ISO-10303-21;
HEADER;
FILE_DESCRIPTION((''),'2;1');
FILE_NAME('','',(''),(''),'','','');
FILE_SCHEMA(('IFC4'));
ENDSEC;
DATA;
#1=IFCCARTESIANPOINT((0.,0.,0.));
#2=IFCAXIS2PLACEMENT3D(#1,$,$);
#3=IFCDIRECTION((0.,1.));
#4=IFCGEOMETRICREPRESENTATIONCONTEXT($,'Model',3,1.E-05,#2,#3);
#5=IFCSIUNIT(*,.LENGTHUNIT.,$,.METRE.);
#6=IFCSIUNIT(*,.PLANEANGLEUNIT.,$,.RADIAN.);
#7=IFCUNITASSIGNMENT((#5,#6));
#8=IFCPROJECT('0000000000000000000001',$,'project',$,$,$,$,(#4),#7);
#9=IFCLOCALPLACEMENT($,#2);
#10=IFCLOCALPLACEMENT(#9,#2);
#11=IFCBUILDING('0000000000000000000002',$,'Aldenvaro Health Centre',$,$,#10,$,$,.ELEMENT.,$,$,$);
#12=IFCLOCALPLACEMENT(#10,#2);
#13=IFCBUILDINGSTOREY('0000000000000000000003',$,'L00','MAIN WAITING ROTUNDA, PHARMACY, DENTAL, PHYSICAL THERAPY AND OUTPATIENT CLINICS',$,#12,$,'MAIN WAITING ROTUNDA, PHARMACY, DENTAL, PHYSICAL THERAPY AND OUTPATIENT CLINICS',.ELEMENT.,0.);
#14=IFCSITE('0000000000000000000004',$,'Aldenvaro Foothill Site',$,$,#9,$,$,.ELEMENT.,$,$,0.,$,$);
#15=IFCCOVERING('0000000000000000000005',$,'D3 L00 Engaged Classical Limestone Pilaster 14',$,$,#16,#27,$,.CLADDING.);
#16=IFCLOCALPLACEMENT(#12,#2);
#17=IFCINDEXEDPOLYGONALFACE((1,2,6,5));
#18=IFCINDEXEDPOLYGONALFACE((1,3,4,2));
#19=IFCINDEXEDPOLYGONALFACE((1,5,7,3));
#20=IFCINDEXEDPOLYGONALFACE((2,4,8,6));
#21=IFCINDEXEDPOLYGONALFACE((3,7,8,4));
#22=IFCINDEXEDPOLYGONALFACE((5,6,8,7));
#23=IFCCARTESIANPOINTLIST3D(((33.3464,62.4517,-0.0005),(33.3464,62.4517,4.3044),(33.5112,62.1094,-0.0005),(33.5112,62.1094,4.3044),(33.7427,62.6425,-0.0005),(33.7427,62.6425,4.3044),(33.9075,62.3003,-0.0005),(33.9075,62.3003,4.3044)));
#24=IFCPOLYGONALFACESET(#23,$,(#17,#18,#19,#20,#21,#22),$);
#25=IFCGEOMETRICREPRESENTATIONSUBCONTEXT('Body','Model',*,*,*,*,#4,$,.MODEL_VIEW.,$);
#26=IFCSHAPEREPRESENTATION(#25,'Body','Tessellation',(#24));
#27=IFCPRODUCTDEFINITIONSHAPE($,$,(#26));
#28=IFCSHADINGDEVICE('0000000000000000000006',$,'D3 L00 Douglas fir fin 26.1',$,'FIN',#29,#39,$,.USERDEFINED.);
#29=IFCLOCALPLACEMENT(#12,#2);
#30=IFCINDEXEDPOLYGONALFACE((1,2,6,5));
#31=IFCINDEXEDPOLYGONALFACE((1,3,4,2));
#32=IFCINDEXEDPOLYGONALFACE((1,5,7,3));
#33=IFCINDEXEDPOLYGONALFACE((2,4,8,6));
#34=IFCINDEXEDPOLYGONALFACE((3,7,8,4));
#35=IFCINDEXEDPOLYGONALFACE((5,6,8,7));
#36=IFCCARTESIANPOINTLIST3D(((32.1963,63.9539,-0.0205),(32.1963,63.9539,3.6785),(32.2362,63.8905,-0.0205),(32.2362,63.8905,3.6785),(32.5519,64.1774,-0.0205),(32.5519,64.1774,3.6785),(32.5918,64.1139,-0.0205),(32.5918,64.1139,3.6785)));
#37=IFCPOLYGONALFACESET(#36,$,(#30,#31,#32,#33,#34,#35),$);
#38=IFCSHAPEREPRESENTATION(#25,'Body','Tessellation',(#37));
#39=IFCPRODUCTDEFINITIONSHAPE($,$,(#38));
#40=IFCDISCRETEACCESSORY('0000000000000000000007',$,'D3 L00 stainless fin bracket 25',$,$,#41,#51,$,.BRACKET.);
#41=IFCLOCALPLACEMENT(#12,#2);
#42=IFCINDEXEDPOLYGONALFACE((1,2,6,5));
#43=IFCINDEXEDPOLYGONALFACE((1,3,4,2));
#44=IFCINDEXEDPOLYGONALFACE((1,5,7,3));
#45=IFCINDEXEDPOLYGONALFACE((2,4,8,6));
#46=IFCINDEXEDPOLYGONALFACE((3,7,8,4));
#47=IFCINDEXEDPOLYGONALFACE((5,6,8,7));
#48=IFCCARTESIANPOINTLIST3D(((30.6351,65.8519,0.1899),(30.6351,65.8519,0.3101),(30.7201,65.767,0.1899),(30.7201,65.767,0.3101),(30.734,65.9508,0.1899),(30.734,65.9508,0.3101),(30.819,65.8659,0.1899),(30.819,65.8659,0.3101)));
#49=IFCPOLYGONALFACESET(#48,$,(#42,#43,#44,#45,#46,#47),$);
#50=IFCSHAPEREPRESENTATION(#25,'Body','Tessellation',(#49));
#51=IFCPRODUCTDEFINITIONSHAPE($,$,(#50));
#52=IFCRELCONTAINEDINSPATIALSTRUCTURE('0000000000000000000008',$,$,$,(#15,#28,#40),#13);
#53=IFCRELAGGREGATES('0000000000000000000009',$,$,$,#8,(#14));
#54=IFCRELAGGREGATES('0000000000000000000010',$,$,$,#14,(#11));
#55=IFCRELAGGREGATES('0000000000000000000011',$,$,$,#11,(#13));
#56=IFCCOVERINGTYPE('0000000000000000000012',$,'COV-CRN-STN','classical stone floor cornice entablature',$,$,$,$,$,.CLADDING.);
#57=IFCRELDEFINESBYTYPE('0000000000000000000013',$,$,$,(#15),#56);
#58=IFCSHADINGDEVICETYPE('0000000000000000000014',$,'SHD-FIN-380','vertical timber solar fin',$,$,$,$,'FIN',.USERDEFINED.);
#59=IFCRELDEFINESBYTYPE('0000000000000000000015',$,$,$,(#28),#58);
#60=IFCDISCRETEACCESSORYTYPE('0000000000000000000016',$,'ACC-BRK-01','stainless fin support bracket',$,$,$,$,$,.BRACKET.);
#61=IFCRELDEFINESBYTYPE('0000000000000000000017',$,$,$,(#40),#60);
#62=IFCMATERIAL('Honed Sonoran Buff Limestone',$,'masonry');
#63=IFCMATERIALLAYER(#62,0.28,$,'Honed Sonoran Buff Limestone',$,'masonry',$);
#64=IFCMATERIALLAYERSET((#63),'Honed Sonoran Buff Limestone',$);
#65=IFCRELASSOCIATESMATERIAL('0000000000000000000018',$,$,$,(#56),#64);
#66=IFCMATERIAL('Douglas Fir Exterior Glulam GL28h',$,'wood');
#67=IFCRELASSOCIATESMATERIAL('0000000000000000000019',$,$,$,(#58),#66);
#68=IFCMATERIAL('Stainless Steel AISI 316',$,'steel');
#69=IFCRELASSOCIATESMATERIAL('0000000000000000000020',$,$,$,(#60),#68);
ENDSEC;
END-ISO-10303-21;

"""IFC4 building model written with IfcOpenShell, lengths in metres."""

from ifc_helpers import new_model, si_unit, direction, frame, origin, origin_2d, place, context, subcontext, project, spatial, rectangle, extrude, material, layer, layer_set, type_object, element, save


model = new_model("IFC4")

# Units and contexts
model_context = context("Model", 3, precision=1e-05, world=origin(), true_north=direction((0.0, 1.0)))
body_context = subcontext(model_context, "Body", "Model", "MODEL_VIEW")
ifc_project = project(units=[si_unit("LENGTHUNIT", "METRE"), si_unit("PLANEANGLEUNIT", "RADIAN")], contexts=[model_context])

# Site, building, storey
site_placement = place(None, origin())
site = spatial("IfcSite", under=ifc_project, at=site_placement, Name="Aldenvaro Foothill Site", CompositionType="ELEMENT", RefElevation=0.0)
building_placement = place(site_placement, origin())
building = spatial("IfcBuilding", under=site, at=building_placement, Name="Aldenvaro Health Centre", CompositionType="ELEMENT")
storey_placement = place(building_placement, origin())
storey = spatial("IfcBuildingStorey", under=building, at=storey_placement, Name="L00", Description="MAIN WAITING ROTUNDA, PHARMACY, DENTAL, PHYSICAL THERAPY AND OUTPATIENT CLINICS", LongName="MAIN WAITING ROTUNDA, PHARMACY, DENTAL, PHYSICAL THERAPY AND OUTPATIENT CLINICS", CompositionType="ELEMENT", Elevation=0.0)

# Covering
ifc_material_1 = material(Name="Honed Sonoran Buff Limestone", Category="masonry")
ifc_layer_1 = layer(ifc_material_1, 0.28, Name="Honed Sonoran Buff Limestone", Category="masonry")
ifc_layer_set_1 = layer_set([ifc_layer_1], Name="Honed Sonoran Buff Limestone")
covering_type = type_object("IfcCoveringType", Name="COV-CRN-STN", Description="classical stone floor cornice entablature", PredefinedType="CLADDING", material=ifc_layer_set_1)
covering_1_placement = place(storey_placement, frame((33.627, 62.376, -0.0005), z_axis=(0.0, 0.0, 1.0), x_axis=(0.900988, 0.433843, 0.0)))
element("IfcCovering", 1, at=covering_1_placement, inside=storey, type_object=covering_type, Name="D3 L00 Engaged Classical Limestone Pilaster 14", PredefinedType="CLADDING", context=body_context, shape_type="SweptSolid", body=[
    extrude(rectangle(XDim=0.4399, YDim=0.3799, at=origin_2d()), origin(), (0.0, 0.0, 1.0), 4.3049),
])

# Shading device
ifc_material_2 = material(Name="Douglas Fir Exterior Glulam GL28h", Category="wood")
shading_device_type = type_object("IfcShadingDeviceType", Name="SHD-FIN-380", Description="vertical timber solar fin", ElementType="FIN", PredefinedType="USERDEFINED", material=ifc_material_2)
shading_device_placement = place(storey_placement, frame((32.394, 64.0339, -0.0205), z_axis=(0.0, 0.0, 1.0), x_axis=(0.532096, -0.846684, 0.0)))
element("IfcShadingDevice", 2, at=shading_device_placement, inside=storey, type_object=shading_device_type, Name="D3 L00 Douglas fir fin 26.1", ObjectType="FIN", PredefinedType="USERDEFINED", context=body_context, shape_type="SweptSolid", body=[
    extrude(rectangle(XDim=0.075, YDim=0.4199, at=origin_2d()), origin(), (0.0, 0.0, 1.0), 3.699),
])

# Discrete accessory
ifc_material_3 = material(Name="Stainless Steel AISI 316", Category="steel")
discrete_accessory_type = type_object("IfcDiscreteAccessoryType", Name="ACC-BRK-01", Description="stainless fin support bracket", PredefinedType="BRACKET", material=ifc_material_3)
discrete_accessory_placement = place(storey_placement, frame((30.7271, 65.8589, 0.1899), z_axis=(0.0, 0.0, 1.0), x_axis=(0.707107, -0.707107, 0.0)))
element("IfcDiscreteAccessory", 3, at=discrete_accessory_placement, inside=storey, type_object=discrete_accessory_type, Name="D3 L00 stainless fin bracket 25", PredefinedType="BRACKET", context=body_context, shape_type="SweptSolid", body=[
    extrude(rectangle(XDim=0.1201, YDim=0.1399, at=origin_2d()), origin(), (0.0, 0.0, 1.0), 0.1201),
])

save(model, "model.ifc")
